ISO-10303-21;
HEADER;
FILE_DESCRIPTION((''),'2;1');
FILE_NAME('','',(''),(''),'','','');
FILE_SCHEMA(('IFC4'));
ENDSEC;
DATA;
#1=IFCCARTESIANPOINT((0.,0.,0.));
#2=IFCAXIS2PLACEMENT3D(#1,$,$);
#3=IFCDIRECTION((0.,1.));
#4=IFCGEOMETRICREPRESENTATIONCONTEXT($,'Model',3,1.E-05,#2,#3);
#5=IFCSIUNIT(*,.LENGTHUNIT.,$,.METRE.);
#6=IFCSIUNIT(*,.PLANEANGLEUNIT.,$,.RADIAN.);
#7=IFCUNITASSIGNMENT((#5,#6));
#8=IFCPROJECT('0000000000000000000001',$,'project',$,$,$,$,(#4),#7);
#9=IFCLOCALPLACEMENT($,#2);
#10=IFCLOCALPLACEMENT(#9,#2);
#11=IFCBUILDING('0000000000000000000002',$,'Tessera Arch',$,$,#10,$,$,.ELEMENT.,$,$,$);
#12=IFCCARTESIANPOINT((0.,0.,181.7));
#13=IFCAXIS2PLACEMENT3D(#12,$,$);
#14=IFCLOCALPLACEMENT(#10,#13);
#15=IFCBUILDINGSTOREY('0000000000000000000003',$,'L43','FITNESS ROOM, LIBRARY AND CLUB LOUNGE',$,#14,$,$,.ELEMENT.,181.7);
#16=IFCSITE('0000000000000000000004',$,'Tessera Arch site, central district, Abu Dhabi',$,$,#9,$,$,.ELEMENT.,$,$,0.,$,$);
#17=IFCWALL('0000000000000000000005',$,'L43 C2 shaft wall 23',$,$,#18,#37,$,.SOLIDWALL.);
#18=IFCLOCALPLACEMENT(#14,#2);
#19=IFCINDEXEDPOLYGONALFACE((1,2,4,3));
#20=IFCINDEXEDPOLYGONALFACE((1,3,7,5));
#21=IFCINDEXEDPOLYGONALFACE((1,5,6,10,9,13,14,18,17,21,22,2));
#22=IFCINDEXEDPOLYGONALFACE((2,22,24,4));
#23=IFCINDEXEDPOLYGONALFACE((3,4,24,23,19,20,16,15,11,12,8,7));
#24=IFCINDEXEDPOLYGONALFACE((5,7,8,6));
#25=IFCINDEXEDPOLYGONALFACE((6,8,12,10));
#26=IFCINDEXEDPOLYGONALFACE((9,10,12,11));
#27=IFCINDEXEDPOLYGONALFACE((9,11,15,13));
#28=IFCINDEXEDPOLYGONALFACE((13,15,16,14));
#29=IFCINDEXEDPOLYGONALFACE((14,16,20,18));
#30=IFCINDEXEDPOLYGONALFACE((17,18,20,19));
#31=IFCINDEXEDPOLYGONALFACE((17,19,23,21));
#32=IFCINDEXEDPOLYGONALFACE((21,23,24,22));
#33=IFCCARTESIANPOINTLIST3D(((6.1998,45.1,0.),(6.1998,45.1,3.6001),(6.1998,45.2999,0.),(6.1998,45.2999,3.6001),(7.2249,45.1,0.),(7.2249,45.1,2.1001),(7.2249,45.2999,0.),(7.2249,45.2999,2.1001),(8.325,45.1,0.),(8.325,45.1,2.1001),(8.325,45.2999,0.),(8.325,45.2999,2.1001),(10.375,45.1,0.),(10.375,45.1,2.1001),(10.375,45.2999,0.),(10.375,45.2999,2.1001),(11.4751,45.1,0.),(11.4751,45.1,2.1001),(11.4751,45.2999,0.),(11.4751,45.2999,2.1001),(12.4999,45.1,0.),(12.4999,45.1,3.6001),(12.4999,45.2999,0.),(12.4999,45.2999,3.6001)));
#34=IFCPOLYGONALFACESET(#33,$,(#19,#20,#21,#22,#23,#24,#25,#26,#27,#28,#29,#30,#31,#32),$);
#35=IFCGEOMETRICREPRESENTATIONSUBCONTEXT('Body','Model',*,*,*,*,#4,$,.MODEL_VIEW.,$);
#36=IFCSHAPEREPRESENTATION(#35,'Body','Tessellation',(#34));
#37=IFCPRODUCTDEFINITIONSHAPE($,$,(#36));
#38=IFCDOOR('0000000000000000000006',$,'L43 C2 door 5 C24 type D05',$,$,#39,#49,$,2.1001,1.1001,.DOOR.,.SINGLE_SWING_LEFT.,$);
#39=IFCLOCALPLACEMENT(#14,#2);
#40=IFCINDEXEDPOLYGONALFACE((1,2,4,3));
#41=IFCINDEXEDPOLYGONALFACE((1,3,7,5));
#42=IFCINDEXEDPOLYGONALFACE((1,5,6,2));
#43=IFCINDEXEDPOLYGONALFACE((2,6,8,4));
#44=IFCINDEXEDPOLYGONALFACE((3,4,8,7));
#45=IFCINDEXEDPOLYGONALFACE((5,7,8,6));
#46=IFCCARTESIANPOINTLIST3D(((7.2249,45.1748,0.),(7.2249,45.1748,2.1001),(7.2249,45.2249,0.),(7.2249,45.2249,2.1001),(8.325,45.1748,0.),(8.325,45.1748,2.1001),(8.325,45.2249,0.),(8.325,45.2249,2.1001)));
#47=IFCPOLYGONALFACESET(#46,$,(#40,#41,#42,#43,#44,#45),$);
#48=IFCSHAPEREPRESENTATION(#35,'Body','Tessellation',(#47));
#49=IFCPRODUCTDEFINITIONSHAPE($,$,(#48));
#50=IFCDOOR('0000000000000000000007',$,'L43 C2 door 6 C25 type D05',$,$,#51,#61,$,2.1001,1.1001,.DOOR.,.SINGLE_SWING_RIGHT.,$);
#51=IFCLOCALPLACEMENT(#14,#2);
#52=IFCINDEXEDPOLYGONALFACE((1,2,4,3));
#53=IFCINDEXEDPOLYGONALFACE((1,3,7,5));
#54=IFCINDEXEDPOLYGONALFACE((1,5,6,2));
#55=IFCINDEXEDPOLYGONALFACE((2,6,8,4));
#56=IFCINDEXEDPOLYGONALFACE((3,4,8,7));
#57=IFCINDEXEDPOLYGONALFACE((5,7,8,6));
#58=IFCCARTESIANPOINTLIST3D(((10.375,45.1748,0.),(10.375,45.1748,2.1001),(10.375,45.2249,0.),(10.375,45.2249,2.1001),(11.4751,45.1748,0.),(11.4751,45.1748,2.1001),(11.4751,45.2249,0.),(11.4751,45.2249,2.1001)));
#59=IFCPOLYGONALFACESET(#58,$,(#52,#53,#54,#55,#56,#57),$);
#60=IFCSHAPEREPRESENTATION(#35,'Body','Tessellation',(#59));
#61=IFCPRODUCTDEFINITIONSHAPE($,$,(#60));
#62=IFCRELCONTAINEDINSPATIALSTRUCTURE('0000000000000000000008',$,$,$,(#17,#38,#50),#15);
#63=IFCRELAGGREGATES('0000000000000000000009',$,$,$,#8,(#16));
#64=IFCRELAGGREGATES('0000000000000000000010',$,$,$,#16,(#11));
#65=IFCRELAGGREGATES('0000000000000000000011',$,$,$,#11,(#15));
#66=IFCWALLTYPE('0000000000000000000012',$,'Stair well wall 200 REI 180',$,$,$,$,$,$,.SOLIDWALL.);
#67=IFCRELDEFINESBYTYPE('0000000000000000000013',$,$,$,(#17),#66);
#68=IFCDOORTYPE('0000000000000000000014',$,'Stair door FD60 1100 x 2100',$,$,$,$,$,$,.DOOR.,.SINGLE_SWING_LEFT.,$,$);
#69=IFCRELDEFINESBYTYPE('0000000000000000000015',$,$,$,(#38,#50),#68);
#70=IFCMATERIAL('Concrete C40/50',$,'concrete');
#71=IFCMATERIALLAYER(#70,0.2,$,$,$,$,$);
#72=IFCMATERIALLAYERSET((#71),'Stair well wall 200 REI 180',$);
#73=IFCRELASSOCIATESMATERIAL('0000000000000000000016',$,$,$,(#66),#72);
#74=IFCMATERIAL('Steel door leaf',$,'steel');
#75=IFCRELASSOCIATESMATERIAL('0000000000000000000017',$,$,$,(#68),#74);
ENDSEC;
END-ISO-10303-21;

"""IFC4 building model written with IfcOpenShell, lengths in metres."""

from ifc_helpers import new_model, si_unit, direction, frame, frame_2d, origin, place, context, subcontext, project, spatial, rectangle, extrude, material, layer, layer_set, type_object, element, fill, save


model = new_model("IFC4")

# Units and contexts
model_context = context("Model", 3, precision=1e-05, world=origin(), true_north=direction((0.0, 1.0)))
body_context = subcontext(model_context, "Body", "Model", "MODEL_VIEW")
ifc_project = project(units=[si_unit("LENGTHUNIT", "METRE"), si_unit("PLANEANGLEUNIT", "RADIAN")], contexts=[model_context])

# Site, building, storey
site_placement = place(None, origin())
site = spatial("IfcSite", under=ifc_project, at=site_placement, Name="Tessera Arch site, central district, Abu Dhabi", CompositionType="ELEMENT", RefElevation=0.0)
building_placement = place(site_placement, origin())
building = spatial("IfcBuilding", under=site, at=building_placement, Name="Tessera Arch", CompositionType="ELEMENT")
storey_placement = place(building_placement, frame((0.0, 0.0, 181.7)))
storey = spatial("IfcBuildingStorey", under=building, at=storey_placement, Name="L43", Description="FITNESS ROOM, LIBRARY AND CLUB LOUNGE", CompositionType="ELEMENT", Elevation=181.7)

# Wall, openings, doors
ifc_material_1 = material(Name="Concrete C40/50", Category="concrete")
ifc_layer_1 = layer(ifc_material_1, 0.2)
ifc_layer_set_1 = layer_set([ifc_layer_1], Name="Stair well wall 200 REI 180")
wall_type_1 = type_object("IfcWallType", Name="Stair well wall 200 REI 180", PredefinedType="SOLIDWALL", material=ifc_layer_set_1)
wall_1_placement = place(storey_placement, frame((6.2, 45.2, 0.0), z_axis=(0.0, 0.0, 1.0), x_axis=(1.0, 0.0, 0.0)))
wall_1 = element("IfcWall", 1, at=wall_1_placement, inside=storey, type_object=wall_type_1, Name="L43 C2 shaft wall 23", PredefinedType="SOLIDWALL", context=body_context, shape_type="SweptSolid", body=[
    extrude(rectangle(XDim=6.3, YDim=0.2, at=frame_2d((3.1499, 0.0))), origin(), (0.0, 0.0, 1.0), 3.6001),
])
opening_1_placement = place(wall_1_placement, frame((1.0249, 0.0, 0.0)))
opening_1 = element("IfcOpeningElement", 2, at=opening_1_placement, cuts=wall_1, PredefinedType="OPENING", context=body_context, shape_type="SweptSolid", body=[
    extrude(rectangle(XDim=1.1001, YDim=2.1001, at=frame_2d((0.55, 1.05))), frame((0.0, 0.1099, 0.0), z_axis=(0.0, -1.0, 0.0), x_axis=(1.0, 0.0, 0.0)), (0.0, 0.0, 1.0), 0.22),
])
opening_2_placement = place(wall_1_placement, frame((4.175, 0.0, 0.0)))
opening_2 = element("IfcOpeningElement", 3, at=opening_2_placement, cuts=wall_1, PredefinedType="OPENING", context=body_context, shape_type="SweptSolid", body=[
    extrude(rectangle(XDim=1.1001, YDim=2.1001, at=frame_2d((0.55, 1.05))), frame((0.0, 0.1099, 0.0), z_axis=(0.0, -1.0, 0.0), x_axis=(1.0, 0.0, 0.0)), (0.0, 0.0, 1.0), 0.22),
])
ifc_material_2 = material(Name="Steel door leaf", Category="steel")
door_type_1 = type_object("IfcDoorType", Name="Stair door FD60 1100 x 2100", OperationType="SINGLE_SWING_LEFT", PredefinedType="DOOR", material=ifc_material_2)
door_1_placement = place(opening_1_placement, origin())
door_1 = element("IfcDoor", 4, at=door_1_placement, inside=storey, type_object=door_type_1, Name="L43 C2 door 5 C24 type D05", OperationType="SINGLE_SWING_LEFT", OverallHeight=2.1001, OverallWidth=1.1001, PredefinedType="DOOR", context=body_context, shape_type="SweptSolid", body=[
    extrude(rectangle(XDim=1.1001, YDim=2.1001, at=frame_2d((0.55, 1.05))), frame((0.0, 0.0249, 0.0), z_axis=(0.0, -1.0, 0.0), x_axis=(1.0, 0.0, 0.0)), (0.0, 0.0, 1.0), 0.05),
])
fill(opening_1, door_1)
door_2_placement = place(opening_2_placement, origin())
door_2 = element("IfcDoor", 5, at=door_2_placement, inside=storey, type_object=door_type_1, Name="L43 C2 door 6 C25 type D05", OperationType="SINGLE_SWING_RIGHT", OverallHeight=2.1001, OverallWidth=1.1001, PredefinedType="DOOR", context=body_context, shape_type="SweptSolid", body=[
    extrude(rectangle(XDim=1.1001, YDim=2.1001, at=frame_2d((0.55, 1.05))), frame((0.0, 0.0249, 0.0), z_axis=(0.0, -1.0, 0.0), x_axis=(1.0, 0.0, 0.0)), (0.0, 0.0, 1.0), 0.05),
])
fill(opening_2, door_2)

save(model, "model.ifc")
